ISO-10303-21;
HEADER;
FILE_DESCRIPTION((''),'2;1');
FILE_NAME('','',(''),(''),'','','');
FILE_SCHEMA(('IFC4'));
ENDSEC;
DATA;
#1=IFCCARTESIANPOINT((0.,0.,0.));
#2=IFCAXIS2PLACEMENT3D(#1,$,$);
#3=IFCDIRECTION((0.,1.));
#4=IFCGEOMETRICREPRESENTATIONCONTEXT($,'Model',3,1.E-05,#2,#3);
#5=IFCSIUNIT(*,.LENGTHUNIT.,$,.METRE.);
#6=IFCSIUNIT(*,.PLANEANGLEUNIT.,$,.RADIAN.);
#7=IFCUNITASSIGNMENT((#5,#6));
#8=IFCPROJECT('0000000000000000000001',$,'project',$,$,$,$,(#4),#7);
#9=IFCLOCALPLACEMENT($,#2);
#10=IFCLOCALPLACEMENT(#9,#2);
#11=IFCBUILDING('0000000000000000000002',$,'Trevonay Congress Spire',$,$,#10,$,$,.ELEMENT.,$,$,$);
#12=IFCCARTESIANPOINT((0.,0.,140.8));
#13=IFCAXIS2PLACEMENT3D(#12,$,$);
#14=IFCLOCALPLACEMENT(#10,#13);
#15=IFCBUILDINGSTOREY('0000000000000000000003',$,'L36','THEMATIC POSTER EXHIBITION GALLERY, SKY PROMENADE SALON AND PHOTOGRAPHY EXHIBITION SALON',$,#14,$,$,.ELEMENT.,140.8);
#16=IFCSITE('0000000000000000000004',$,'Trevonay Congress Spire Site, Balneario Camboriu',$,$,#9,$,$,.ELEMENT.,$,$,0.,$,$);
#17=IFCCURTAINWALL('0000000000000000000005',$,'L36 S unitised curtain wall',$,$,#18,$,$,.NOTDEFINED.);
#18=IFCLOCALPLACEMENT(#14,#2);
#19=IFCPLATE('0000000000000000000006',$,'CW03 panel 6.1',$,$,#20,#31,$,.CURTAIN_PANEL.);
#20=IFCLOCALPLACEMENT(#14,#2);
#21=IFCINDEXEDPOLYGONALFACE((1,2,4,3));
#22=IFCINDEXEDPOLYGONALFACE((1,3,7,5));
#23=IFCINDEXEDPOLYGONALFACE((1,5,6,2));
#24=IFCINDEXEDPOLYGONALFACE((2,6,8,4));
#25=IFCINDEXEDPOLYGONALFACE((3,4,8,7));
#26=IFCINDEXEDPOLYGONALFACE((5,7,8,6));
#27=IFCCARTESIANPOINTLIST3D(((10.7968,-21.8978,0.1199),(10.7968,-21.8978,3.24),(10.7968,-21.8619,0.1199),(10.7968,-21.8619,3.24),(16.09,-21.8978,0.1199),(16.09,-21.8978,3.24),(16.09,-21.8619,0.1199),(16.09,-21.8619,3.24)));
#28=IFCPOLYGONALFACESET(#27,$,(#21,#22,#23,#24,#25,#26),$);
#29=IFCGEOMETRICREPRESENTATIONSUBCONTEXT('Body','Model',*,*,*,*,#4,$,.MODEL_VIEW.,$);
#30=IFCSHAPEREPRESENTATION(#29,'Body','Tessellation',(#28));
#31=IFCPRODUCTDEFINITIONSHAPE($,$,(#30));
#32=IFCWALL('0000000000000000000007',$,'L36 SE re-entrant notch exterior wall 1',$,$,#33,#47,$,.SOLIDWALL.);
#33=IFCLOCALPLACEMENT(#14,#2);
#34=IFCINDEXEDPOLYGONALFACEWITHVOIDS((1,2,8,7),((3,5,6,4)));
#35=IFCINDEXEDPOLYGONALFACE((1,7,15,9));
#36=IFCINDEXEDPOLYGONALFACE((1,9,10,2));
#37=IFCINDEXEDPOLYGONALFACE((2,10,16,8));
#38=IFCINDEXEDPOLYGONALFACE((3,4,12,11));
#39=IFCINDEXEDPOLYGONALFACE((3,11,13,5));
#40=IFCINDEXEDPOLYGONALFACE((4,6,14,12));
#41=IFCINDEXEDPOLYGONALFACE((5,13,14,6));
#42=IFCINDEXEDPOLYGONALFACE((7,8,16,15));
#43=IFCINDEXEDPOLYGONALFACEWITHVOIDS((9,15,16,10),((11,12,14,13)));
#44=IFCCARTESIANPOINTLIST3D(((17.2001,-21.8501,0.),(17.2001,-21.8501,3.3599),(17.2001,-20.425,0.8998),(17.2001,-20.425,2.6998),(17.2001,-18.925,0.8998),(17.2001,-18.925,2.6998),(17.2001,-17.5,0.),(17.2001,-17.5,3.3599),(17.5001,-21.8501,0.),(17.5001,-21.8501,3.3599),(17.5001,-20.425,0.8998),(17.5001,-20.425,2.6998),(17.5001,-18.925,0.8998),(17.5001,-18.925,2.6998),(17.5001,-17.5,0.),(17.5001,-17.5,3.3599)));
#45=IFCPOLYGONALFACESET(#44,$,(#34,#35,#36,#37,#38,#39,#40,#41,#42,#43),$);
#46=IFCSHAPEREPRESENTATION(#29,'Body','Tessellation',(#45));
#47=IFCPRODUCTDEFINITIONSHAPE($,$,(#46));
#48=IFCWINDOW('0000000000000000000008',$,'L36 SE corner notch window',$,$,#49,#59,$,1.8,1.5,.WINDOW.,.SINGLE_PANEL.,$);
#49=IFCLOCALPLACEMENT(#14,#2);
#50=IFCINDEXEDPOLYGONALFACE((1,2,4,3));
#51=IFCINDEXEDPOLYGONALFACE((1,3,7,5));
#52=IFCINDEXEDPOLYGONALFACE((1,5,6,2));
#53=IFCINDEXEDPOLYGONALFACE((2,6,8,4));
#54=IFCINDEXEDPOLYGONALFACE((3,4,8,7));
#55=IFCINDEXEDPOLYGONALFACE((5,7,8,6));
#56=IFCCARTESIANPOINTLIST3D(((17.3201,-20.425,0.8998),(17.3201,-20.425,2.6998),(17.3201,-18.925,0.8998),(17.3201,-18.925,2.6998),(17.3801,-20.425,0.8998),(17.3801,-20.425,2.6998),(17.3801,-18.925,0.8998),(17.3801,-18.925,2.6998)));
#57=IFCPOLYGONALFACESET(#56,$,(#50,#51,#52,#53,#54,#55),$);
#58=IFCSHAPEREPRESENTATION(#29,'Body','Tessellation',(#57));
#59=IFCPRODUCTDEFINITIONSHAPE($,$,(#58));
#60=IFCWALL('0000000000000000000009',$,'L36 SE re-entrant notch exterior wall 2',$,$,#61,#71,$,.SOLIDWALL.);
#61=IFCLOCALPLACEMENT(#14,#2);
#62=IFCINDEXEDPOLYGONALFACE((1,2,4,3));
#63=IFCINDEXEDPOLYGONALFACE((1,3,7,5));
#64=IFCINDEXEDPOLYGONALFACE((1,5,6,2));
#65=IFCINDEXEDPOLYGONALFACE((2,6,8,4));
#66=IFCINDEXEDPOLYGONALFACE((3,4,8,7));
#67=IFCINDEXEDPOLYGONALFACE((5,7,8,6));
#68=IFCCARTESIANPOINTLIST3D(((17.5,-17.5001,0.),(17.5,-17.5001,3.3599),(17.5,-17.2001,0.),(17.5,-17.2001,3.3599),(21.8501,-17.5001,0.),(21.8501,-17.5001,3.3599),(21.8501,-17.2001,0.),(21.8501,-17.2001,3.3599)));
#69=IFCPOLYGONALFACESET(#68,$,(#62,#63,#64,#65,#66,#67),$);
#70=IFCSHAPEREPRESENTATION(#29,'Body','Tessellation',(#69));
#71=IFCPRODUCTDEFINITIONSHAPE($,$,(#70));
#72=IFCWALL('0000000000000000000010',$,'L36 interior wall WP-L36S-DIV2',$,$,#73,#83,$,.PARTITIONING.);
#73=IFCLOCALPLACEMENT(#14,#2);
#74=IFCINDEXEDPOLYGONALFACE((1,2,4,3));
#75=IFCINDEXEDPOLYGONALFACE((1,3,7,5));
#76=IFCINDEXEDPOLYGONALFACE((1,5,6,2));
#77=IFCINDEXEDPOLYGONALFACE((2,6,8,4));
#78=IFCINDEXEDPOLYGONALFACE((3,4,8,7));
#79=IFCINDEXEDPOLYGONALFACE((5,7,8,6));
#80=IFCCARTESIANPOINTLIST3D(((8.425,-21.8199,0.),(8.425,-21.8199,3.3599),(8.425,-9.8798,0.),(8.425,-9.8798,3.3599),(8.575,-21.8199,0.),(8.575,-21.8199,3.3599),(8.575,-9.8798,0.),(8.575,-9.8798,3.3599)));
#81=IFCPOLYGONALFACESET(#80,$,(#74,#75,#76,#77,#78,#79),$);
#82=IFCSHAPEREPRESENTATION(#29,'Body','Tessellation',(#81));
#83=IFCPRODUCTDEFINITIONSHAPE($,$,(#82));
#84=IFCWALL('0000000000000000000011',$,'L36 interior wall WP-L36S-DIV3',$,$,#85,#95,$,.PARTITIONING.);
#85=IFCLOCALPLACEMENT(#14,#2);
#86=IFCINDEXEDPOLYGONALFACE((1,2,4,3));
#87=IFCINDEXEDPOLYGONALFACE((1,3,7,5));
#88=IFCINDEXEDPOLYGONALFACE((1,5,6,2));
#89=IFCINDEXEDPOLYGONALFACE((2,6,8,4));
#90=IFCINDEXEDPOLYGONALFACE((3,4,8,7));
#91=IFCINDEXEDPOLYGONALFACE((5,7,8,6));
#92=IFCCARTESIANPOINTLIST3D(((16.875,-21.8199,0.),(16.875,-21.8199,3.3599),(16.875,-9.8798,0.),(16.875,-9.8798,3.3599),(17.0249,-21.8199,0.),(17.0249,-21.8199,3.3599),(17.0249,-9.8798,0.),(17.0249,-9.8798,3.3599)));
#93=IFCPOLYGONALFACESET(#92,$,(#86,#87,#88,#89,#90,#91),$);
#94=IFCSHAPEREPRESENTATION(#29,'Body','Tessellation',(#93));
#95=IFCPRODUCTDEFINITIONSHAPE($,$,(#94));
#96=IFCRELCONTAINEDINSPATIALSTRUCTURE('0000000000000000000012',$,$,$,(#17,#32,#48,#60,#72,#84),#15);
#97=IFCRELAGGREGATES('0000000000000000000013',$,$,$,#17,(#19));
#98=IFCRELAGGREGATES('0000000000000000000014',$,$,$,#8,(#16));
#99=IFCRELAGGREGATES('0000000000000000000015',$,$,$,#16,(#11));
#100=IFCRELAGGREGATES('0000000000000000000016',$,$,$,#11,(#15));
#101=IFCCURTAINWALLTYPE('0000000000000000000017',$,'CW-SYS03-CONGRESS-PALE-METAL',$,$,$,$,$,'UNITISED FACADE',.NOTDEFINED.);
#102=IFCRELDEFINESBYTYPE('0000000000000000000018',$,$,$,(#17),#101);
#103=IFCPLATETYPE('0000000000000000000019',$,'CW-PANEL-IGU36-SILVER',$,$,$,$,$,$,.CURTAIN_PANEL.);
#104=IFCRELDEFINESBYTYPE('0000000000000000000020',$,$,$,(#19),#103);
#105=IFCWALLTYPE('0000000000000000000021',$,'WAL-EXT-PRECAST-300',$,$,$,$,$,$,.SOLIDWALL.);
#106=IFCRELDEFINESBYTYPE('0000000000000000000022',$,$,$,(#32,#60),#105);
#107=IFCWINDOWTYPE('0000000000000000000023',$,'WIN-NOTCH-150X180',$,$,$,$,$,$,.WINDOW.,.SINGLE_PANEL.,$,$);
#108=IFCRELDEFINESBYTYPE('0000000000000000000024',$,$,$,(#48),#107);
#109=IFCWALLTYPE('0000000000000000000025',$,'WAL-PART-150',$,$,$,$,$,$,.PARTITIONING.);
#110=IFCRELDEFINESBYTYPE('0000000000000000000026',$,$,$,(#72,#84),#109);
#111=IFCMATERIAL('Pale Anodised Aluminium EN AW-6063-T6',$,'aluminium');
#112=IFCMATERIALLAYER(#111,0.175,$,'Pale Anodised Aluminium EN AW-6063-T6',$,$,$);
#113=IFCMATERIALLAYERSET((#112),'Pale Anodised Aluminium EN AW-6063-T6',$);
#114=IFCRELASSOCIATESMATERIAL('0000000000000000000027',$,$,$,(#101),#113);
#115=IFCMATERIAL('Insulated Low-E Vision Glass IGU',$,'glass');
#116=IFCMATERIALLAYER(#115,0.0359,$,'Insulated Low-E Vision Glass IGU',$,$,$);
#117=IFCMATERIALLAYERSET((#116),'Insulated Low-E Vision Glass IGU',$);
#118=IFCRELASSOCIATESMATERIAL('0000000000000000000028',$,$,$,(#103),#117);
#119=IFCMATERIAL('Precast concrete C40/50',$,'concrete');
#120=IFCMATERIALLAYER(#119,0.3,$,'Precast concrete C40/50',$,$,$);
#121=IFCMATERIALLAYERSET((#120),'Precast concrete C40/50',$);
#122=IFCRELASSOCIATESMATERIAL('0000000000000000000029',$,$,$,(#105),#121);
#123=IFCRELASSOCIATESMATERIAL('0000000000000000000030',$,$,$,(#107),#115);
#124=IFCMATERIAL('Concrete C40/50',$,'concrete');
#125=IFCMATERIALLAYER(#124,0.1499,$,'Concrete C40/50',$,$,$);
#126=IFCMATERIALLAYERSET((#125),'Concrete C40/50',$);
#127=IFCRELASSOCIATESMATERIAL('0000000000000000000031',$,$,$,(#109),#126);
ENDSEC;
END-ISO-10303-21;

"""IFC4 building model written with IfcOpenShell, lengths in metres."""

from ifc_helpers import new_model, si_unit, direction, frame, frame_2d, origin, origin_2d, place, context, subcontext, project, spatial, rectangle, extrude, material, layer, layer_set, type_object, element, fill, aggregate, save


model = new_model("IFC4")

# Units and contexts
model_context = context("Model", 3, precision=1e-05, world=origin(), true_north=direction((0.0, 1.0)))
body_context = subcontext(model_context, "Body", "Model", "MODEL_VIEW")
ifc_project = project(units=[si_unit("LENGTHUNIT", "METRE"), si_unit("PLANEANGLEUNIT", "RADIAN")], contexts=[model_context])

# Site, building, storey
site_placement = place(None, origin())
site = spatial("IfcSite", under=ifc_project, at=site_placement, Name="Trevonay Congress Spire Site, Balneario Camboriu", CompositionType="ELEMENT", RefElevation=0.0)
building_placement = place(site_placement, origin())
building = spatial("IfcBuilding", under=site, at=building_placement, Name="Trevonay Congress Spire", CompositionType="ELEMENT")
storey_placement = place(building_placement, frame((0.0, 0.0, 140.8)))
storey = spatial("IfcBuildingStorey", under=building, at=storey_placement, Name="L36", Description="THEMATIC POSTER EXHIBITION GALLERY, SKY PROMENADE SALON AND PHOTOGRAPHY EXHIBITION SALON", CompositionType="ELEMENT", Elevation=140.8)

# Curtain wall
ifc_material_1 = material(Name="Pale Anodised Aluminium EN AW-6063-T6", Category="aluminium")
ifc_layer_1 = layer(ifc_material_1, 0.175, Name="Pale Anodised Aluminium EN AW-6063-T6")
ifc_layer_set_1 = layer_set([ifc_layer_1], Name="Pale Anodised Aluminium EN AW-6063-T6")
curtain_wall_type = type_object("IfcCurtainWallType", Name="CW-SYS03-CONGRESS-PALE-METAL", ElementType="UNITISED FACADE", PredefinedType="NOTDEFINED", material=ifc_layer_set_1)
curtain_wall_1_placement = place(storey_placement, origin())
curtain_wall_1 = element("IfcCurtainWall", 1, at=curtain_wall_1_placement, inside=storey, type_object=curtain_wall_type, Name="L36 S unitised curtain wall", PredefinedType="NOTDEFINED")

# Plate
ifc_material_2 = material(Name="Insulated Low-E Vision Glass IGU", Category="glass")
ifc_layer_2 = layer(ifc_material_2, 0.0359, Name="Insulated Low-E Vision Glass IGU")
ifc_layer_set_2 = layer_set([ifc_layer_2], Name="Insulated Low-E Vision Glass IGU")
plate_type = type_object("IfcPlateType", Name="CW-PANEL-IGU36-SILVER", PredefinedType="CURTAIN_PANEL", material=ifc_layer_set_2)
plate_1_placement = place(storey_placement, frame((13.4434, -21.8799, 0.1199), z_axis=(0.0, 0.0, 1.0), x_axis=(1.0, 0.0, 0.0)))
plate_1 = element("IfcPlate", 2, at=plate_1_placement, type_object=plate_type, Name="CW03 panel 6.1", PredefinedType="CURTAIN_PANEL", context=body_context, shape_type="SweptSolid", body=[
    extrude(rectangle(XDim=5.2932, YDim=0.0359, at=origin_2d()), origin(), (0.0, 0.0, 1.0), 3.1201),
])
aggregate(curtain_wall_1, [plate_1])

# Wall, opening, window
ifc_material_3 = material(Name="Precast concrete C40/50", Category="concrete")
ifc_layer_3 = layer(ifc_material_3, 0.3, Name="Precast concrete C40/50")
ifc_layer_set_3 = layer_set([ifc_layer_3], Name="Precast concrete C40/50")
wall_type_1 = type_object("IfcWallType", Name="WAL-EXT-PRECAST-300", PredefinedType="SOLIDWALL", material=ifc_layer_set_3)
wall_1_placement = place(storey_placement, frame((17.3501, -21.8501, 0.0), z_axis=(0.0, 0.0, 1.0), x_axis=(0.0, 1.0, 0.0)))
wall_1 = element("IfcWall", 3, at=wall_1_placement, inside=storey, type_object=wall_type_1, Name="L36 SE re-entrant notch exterior wall 1", PredefinedType="SOLIDWALL", context=body_context, shape_type="SweptSolid", body=[
    extrude(rectangle(XDim=4.3501, YDim=0.3, at=frame_2d((2.175, 0.0))), origin(), (0.0, 0.0, 1.0), 3.3599),
])
opening_placement = place(wall_1_placement, frame((1.425, 0.0, 0.8999)))
opening = element("IfcOpeningElement", 4, at=opening_placement, cuts=wall_1, PredefinedType="OPENING", context=body_context, shape_type="SweptSolid", body=[
    extrude(rectangle(XDim=1.5, YDim=1.8, at=frame_2d((0.75, 0.8999))), frame((0.0, 0.1602, 0.0), z_axis=(0.0, -1.0, 0.0), x_axis=(1.0, 0.0, 0.0)), (0.0, 0.0, 1.0), 0.3201),
])
window_type = type_object("IfcWindowType", Name="WIN-NOTCH-150X180", PartitioningType="SINGLE_PANEL", PredefinedType="WINDOW", material=ifc_material_2)
window_placement = place(opening_placement, origin())
window = element("IfcWindow", 5, at=window_placement, inside=storey, type_object=window_type, Name="L36 SE corner notch window", OverallHeight=1.8, OverallWidth=1.5, PartitioningType="SINGLE_PANEL", PredefinedType="WINDOW", context=body_context, shape_type="SweptSolid", body=[
    extrude(rectangle(XDim=1.5, YDim=1.8, at=frame_2d((0.75, 0.8999))), frame((0.0, 0.03, 0.0), z_axis=(0.0, -1.0, 0.0), x_axis=(1.0, 0.0, 0.0)), (0.0, 0.0, 1.0), 0.0601),
])
fill(opening, window)

# Walls
wall_2_placement = place(storey_placement, frame((21.8501, -17.3501, 0.0), z_axis=(0.0, 0.0, 1.0), x_axis=(-1.0, 0.0, 0.0)))
element("IfcWall", 6, at=wall_2_placement, inside=storey, type_object=wall_type_1, Name="L36 SE re-entrant notch exterior wall 2", PredefinedType="SOLIDWALL", context=body_context, shape_type="SweptSolid", body=[
    extrude(rectangle(XDim=4.3501, YDim=0.3, at=frame_2d((2.175, 0.0))), origin(), (0.0, 0.0, 1.0), 3.3599),
])
ifc_material_4 = material(Name="Concrete C40/50", Category="concrete")
ifc_layer_4 = layer(ifc_material_4, 0.1499, Name="Concrete C40/50")
ifc_layer_set_4 = layer_set([ifc_layer_4], Name="Concrete C40/50")
wall_type_2 = type_object("IfcWallType", Name="WAL-PART-150", PredefinedType="PARTITIONING", material=ifc_layer_set_4)
for number, where, z_axis, x_axis, name in (
    (7, (8.5, -21.8201, 0.0), (0.0, 0.0, 1.0), (0.0, 1.0, 0.0), "L36 interior wall WP-L36S-DIV2"),
    (8, (16.95, -21.8201, 0.0), (0.0, 0.0, 1.0), (0.0, 1.0, 0.0), "L36 interior wall WP-L36S-DIV3"),
):
    element("IfcWall", number, at=place(storey_placement, frame(where, z_axis=z_axis, x_axis=x_axis)), inside=storey, type_object=wall_type_2, Name=name, PredefinedType="PARTITIONING", context=body_context, shape_type="SweptSolid", body=[
        extrude(rectangle(XDim=11.9402, YDim=0.1499, at=frame_2d((5.9702, 0.0))), origin(), (0.0, 0.0, 1.0), 3.3599),
    ])

save(model, "model.ifc")
